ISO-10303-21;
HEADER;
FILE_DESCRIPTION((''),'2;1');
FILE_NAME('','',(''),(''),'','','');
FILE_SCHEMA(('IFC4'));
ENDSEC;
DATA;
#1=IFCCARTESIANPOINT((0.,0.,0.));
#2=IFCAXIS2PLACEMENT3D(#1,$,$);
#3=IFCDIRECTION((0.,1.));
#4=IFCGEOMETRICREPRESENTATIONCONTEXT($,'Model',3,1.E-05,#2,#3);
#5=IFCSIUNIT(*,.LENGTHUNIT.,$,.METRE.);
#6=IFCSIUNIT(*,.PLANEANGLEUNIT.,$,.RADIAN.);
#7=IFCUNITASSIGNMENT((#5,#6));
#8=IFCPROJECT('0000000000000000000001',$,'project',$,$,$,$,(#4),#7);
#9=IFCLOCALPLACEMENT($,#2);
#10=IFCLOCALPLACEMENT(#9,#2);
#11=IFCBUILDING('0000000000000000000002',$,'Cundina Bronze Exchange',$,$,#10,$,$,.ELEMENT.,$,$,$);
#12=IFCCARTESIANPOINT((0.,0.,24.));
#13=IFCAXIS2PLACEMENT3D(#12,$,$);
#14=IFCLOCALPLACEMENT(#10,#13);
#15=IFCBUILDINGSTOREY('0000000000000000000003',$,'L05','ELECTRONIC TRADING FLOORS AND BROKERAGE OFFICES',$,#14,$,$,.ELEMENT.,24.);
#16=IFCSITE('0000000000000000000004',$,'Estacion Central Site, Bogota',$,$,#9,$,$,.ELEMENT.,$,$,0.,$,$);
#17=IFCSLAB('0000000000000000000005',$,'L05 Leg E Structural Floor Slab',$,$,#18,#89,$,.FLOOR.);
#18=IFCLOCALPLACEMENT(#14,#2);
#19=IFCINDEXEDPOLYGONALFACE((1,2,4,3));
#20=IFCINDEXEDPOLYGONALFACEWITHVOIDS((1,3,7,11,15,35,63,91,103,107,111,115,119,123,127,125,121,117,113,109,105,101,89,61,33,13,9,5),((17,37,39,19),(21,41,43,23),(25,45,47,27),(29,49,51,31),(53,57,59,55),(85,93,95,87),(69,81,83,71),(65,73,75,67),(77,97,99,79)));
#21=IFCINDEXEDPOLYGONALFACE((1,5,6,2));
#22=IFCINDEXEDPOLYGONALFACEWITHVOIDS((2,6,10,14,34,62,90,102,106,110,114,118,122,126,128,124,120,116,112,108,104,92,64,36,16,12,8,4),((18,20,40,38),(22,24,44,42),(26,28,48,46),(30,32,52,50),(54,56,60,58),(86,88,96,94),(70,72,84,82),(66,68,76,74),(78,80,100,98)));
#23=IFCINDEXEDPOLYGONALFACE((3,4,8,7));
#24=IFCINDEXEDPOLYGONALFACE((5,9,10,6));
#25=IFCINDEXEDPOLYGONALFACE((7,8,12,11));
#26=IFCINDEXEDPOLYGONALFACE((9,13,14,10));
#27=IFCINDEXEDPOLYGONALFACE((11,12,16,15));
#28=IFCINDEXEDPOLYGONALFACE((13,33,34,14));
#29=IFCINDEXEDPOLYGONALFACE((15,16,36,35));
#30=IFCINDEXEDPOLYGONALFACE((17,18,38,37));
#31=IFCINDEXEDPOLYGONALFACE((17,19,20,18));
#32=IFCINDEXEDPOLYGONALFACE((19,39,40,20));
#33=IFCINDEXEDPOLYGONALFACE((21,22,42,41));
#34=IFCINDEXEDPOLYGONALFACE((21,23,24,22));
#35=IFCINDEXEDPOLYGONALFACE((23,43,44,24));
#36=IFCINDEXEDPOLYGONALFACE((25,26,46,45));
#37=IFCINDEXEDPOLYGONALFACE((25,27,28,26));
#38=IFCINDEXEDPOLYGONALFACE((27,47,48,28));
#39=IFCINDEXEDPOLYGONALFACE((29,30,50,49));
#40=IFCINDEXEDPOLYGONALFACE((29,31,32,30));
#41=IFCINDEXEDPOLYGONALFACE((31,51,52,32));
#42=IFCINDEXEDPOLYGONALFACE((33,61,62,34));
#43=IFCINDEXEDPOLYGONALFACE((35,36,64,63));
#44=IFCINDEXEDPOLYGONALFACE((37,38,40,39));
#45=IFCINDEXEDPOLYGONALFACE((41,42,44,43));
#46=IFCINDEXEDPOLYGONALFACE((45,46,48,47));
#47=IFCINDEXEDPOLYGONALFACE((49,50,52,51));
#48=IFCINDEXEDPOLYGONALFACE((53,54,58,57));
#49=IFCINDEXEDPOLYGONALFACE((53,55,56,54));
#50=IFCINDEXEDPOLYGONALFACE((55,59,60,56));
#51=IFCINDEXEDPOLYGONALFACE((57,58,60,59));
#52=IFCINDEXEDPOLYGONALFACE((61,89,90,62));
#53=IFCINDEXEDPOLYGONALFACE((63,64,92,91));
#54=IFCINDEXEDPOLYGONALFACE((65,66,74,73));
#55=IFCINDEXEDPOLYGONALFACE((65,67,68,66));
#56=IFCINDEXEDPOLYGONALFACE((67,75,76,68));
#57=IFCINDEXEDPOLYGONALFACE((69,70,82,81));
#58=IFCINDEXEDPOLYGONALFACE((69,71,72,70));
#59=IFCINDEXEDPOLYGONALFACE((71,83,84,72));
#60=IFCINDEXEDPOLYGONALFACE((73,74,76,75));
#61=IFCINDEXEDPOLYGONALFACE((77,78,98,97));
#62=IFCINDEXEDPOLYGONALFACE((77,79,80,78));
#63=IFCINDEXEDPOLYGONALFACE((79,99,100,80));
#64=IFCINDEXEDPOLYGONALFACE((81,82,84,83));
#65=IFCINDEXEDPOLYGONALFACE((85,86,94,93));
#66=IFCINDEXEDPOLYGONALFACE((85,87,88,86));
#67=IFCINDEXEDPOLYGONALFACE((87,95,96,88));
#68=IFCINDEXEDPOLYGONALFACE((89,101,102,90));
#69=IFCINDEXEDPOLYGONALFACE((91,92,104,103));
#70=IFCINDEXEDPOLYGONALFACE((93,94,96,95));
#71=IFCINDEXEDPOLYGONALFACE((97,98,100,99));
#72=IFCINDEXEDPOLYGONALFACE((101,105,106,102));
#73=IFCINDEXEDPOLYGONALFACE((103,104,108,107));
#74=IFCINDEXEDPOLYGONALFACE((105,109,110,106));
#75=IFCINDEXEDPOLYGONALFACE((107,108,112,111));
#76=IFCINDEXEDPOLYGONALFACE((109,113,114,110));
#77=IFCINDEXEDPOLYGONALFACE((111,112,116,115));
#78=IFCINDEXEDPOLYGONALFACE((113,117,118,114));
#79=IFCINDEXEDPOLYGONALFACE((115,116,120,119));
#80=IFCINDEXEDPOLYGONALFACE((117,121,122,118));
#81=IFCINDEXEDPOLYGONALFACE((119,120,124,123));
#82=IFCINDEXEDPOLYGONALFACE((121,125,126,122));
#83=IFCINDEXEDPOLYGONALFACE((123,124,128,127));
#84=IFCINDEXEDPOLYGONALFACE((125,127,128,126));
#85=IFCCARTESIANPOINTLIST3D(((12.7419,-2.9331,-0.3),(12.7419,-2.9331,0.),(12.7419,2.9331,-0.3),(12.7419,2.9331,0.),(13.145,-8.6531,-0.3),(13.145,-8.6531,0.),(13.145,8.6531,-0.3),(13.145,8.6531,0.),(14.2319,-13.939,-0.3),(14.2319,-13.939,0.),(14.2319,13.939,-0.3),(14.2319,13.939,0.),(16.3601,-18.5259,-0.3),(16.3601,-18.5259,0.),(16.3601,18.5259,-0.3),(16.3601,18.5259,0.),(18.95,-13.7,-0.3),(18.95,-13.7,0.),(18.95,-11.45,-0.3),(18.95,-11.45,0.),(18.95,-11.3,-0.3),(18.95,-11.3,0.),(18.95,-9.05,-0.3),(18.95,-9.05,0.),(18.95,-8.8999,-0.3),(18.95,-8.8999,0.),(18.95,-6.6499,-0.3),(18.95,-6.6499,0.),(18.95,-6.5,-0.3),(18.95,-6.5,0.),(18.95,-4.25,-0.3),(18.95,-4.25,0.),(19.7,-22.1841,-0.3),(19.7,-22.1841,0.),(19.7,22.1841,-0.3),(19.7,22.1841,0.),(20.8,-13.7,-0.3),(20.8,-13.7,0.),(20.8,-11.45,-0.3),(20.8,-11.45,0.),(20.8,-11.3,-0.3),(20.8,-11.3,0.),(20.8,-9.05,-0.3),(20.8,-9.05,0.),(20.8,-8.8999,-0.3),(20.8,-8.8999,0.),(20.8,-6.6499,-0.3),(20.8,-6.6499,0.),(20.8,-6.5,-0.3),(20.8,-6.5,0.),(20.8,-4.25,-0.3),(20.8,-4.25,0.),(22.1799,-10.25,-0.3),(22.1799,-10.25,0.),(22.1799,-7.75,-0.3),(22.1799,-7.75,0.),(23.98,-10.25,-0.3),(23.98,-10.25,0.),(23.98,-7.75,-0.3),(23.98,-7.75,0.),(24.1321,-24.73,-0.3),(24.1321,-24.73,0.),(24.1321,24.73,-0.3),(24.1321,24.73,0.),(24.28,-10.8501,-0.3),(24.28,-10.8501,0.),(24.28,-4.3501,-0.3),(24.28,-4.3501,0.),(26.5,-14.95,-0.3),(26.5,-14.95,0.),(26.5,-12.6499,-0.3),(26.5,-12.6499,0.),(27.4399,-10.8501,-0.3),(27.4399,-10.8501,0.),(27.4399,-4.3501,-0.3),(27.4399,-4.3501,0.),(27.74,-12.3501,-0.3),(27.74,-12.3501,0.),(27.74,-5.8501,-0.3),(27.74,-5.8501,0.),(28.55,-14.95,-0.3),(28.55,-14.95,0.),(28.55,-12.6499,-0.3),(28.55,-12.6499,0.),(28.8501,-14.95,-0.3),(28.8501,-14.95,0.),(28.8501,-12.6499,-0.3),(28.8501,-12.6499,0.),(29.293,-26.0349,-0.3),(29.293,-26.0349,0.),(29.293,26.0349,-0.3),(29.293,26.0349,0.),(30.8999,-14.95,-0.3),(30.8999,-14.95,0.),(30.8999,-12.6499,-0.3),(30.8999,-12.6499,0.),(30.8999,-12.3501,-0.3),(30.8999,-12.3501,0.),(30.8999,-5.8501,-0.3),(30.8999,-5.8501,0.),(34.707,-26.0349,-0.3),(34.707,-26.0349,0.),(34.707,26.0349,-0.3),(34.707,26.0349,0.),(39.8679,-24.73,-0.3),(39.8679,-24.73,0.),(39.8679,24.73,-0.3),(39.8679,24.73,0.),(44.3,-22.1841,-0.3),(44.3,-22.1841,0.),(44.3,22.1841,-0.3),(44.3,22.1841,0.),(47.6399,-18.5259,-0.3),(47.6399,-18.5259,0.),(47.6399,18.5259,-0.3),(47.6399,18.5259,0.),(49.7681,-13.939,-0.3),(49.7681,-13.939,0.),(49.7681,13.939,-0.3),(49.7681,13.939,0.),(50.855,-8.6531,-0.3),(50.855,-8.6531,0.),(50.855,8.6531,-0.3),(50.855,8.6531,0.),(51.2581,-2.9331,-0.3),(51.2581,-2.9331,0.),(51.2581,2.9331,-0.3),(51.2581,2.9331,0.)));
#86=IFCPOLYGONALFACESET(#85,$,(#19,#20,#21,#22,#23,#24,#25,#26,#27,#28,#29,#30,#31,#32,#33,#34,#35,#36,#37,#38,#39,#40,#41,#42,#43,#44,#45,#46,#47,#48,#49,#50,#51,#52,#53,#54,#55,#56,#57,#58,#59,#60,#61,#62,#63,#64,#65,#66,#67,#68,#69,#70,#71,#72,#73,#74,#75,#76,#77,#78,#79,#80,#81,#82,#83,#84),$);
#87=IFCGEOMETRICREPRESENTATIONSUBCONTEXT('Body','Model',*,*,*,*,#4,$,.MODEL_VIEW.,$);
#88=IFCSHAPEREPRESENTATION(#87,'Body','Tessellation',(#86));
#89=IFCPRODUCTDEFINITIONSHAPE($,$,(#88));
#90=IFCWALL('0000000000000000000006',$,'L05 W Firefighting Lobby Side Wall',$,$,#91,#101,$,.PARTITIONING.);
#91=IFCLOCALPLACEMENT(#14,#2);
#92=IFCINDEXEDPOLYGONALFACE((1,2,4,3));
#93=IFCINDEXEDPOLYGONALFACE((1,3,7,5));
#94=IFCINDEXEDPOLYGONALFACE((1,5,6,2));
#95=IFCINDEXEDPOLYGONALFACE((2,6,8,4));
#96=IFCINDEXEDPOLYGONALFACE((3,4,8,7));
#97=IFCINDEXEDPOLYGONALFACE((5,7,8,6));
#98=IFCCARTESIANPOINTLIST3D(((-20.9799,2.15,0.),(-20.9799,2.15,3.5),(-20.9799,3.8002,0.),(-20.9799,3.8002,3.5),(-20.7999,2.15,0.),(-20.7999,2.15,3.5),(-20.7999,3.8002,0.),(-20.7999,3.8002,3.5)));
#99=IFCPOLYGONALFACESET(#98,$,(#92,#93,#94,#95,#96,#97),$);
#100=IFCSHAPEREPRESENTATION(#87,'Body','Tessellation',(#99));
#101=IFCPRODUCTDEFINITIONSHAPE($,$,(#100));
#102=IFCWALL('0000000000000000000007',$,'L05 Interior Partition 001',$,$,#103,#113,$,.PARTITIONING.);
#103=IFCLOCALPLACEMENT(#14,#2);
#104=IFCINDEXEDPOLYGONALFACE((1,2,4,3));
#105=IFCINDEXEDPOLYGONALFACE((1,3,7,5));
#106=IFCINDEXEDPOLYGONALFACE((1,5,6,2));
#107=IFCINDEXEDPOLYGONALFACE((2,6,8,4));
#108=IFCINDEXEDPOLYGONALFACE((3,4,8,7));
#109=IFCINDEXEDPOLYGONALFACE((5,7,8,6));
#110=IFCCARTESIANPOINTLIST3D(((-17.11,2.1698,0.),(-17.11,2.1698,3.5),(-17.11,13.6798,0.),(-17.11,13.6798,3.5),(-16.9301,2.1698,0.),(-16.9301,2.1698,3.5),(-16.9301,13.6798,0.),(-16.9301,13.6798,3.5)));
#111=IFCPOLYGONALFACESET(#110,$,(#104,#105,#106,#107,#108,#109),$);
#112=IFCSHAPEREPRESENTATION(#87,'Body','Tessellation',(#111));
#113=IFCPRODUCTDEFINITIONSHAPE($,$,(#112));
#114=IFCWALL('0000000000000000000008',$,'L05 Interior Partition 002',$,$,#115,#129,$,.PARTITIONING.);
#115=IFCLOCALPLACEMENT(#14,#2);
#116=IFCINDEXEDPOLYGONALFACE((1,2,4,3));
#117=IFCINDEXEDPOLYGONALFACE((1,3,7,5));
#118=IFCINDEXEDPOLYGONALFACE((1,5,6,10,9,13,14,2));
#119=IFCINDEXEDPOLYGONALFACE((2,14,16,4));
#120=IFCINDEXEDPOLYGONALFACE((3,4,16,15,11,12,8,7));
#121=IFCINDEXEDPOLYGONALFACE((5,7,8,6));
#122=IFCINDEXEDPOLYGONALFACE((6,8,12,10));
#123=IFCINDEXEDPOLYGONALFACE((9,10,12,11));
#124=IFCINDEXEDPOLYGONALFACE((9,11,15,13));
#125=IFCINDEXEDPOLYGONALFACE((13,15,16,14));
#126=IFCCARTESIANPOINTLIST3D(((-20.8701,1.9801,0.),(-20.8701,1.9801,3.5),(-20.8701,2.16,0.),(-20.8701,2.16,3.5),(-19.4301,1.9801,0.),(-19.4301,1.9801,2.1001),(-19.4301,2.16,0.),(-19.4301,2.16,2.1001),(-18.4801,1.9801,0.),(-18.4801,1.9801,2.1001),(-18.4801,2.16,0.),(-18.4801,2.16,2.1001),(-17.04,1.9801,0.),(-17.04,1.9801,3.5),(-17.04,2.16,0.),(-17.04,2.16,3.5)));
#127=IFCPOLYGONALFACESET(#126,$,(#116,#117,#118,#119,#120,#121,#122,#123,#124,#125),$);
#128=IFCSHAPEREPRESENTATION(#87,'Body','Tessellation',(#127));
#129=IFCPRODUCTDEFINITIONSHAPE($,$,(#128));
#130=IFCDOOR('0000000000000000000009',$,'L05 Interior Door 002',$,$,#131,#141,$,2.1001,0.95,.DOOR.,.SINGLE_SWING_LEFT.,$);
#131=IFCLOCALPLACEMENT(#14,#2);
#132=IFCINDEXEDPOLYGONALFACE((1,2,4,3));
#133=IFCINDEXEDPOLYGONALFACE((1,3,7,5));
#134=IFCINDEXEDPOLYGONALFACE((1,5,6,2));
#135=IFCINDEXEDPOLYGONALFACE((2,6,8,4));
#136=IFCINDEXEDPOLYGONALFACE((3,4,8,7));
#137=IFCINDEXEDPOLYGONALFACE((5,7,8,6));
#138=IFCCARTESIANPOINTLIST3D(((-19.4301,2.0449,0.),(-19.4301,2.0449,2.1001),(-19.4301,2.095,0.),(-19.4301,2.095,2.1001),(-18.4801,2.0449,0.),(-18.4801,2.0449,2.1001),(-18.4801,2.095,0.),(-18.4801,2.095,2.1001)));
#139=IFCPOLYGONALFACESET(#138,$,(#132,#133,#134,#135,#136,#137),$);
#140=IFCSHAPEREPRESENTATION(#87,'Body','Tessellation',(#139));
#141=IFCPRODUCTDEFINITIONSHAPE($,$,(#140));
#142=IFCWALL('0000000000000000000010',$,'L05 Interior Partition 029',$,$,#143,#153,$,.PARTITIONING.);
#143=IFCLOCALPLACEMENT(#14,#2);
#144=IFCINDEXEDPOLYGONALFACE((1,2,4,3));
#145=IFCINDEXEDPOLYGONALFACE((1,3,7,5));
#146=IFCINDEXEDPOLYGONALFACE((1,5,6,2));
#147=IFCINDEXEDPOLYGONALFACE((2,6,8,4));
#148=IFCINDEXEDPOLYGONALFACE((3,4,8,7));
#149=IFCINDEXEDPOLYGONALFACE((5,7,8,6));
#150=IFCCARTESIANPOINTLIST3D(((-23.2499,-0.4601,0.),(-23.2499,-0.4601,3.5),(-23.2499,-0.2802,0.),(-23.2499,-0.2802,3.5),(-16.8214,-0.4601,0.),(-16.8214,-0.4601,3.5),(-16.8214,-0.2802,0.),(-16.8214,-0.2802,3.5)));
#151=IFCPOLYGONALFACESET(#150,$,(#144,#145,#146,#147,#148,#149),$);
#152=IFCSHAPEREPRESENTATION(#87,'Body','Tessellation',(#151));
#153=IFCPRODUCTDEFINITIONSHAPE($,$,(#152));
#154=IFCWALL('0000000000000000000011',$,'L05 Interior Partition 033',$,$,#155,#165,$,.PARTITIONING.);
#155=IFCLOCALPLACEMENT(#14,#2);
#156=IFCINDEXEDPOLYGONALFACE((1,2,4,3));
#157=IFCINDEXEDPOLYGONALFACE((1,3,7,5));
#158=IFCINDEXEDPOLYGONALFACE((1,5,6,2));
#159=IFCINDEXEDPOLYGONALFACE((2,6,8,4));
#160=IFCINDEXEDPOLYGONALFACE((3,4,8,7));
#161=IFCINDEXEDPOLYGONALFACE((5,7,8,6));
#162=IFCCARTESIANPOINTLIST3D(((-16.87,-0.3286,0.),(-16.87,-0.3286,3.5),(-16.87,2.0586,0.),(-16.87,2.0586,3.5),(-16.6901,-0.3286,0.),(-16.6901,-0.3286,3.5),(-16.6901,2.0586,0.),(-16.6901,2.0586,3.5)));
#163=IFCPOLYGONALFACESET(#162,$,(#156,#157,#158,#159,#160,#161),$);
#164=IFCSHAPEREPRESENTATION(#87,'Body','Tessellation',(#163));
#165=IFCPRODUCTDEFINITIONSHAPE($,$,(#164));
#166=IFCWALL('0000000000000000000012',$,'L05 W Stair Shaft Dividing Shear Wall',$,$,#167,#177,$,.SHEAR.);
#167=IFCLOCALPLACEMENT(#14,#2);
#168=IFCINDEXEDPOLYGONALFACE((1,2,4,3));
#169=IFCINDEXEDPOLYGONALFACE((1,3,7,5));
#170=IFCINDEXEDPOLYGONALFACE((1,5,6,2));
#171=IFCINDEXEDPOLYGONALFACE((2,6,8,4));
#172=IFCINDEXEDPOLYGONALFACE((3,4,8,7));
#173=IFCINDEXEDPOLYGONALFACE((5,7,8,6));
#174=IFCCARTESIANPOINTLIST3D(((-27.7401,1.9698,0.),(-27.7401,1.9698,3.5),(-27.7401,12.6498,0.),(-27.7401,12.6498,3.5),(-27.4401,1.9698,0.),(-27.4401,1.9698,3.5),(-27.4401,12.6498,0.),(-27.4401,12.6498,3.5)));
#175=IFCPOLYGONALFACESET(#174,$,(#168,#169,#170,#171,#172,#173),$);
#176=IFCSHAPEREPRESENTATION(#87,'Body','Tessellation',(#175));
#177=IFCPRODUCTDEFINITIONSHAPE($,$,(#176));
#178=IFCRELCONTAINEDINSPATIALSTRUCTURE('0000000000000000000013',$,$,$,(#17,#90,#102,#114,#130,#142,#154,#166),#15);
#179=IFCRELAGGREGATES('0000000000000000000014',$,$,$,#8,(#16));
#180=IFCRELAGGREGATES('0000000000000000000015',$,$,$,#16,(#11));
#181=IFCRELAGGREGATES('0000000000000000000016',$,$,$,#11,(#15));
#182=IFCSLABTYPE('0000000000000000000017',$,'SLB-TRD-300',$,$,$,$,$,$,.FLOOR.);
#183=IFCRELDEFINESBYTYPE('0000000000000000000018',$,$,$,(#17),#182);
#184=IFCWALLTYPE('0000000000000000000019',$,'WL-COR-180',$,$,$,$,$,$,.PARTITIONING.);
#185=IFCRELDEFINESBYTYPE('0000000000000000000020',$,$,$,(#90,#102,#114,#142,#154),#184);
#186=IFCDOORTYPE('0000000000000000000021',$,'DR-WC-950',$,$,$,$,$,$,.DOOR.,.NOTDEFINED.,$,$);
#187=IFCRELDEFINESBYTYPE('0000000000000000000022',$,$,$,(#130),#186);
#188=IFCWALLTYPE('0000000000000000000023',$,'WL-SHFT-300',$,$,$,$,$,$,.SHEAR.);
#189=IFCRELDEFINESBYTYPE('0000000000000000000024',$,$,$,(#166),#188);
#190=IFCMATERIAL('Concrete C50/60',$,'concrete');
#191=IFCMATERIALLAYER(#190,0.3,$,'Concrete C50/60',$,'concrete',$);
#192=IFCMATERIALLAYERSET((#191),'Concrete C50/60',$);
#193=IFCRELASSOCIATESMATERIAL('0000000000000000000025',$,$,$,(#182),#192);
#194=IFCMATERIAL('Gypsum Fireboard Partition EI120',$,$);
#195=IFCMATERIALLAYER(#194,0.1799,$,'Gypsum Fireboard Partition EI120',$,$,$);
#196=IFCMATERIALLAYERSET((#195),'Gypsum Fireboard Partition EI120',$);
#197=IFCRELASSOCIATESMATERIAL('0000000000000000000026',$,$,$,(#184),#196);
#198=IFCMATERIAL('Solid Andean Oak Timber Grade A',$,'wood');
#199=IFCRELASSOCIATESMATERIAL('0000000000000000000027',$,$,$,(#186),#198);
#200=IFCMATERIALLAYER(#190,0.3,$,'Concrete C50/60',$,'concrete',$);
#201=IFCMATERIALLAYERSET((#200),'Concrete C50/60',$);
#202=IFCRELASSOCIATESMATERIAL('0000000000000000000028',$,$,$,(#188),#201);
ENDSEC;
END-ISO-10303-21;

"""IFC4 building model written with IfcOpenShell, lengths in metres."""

from ifc_helpers import new_model, si_unit, direction, frame, frame_2d, origin, place, context, subcontext, project, spatial, polyline, rectangle, outline, extrude, material, layer, layer_set, type_object, element, fill, save


model = new_model("IFC4")

# Units and contexts
model_context = context("Model", 3, precision=1e-05, world=origin(), true_north=direction((0.0, 1.0)))
body_context = subcontext(model_context, "Body", "Model", "MODEL_VIEW")
ifc_project = project(units=[si_unit("LENGTHUNIT", "METRE"), si_unit("PLANEANGLEUNIT", "RADIAN")], contexts=[model_context])

# Site, building, storey
site_placement = place(None, origin())
site = spatial("IfcSite", under=ifc_project, at=site_placement, Name="Estacion Central Site, Bogota", CompositionType="ELEMENT", RefElevation=0.0)
building_placement = place(site_placement, origin())
building = spatial("IfcBuilding", under=site, at=building_placement, Name="Cundina Bronze Exchange", CompositionType="ELEMENT")
storey_placement = place(building_placement, frame((0.0, 0.0, 24.0)))
storey = spatial("IfcBuildingStorey", under=building, at=storey_placement, Name="L05", Description="ELECTRONIC TRADING FLOORS AND BROKERAGE OFFICES", CompositionType="ELEMENT", Elevation=24.0)

# Slab
ifc_material_1 = material(Name="Concrete C50/60", Category="concrete")
ifc_layer_1 = layer(ifc_material_1, 0.3, Name="Concrete C50/60", Category="concrete")
ifc_layer_set_1 = layer_set([ifc_layer_1], Name="Concrete C50/60")
slab_type_1 = type_object("IfcSlabType", Name="SLB-TRD-300", PredefinedType="FLOOR", material=ifc_layer_set_1)
slab_1_placement = place(storey_placement, frame((0.0, 0.0, -0.3)))
element("IfcSlab", 1, at=slab_1_placement, inside=storey, type_object=slab_type_1, Name="L05 Leg E Structural Floor Slab", PredefinedType="FLOOR", context=body_context, shape_type="SweptSolid", body=[
    extrude(outline(polyline([(51.2581, 2.9331), (50.855, 8.6531), (49.7681, 13.939), (47.6399, 18.5259), (44.3, 22.1841), (39.8679, 24.73), (34.707, 26.0349), (29.293, 26.0349), (24.1321, 24.73), (19.7, 22.1841), (16.3601, 18.5259), (14.2319, 13.939), (13.145, 8.6531), (12.7419, 2.9331), (12.7419, -2.9331), (13.145, -8.6531), (14.2319, -13.939), (16.3601, -18.5259), (19.7, -22.1841), (24.1321, -24.73), (29.293, -26.0349), (34.707, -26.0349), (39.8679, -24.73), (44.3, -22.1841), (47.6399, -18.5259), (49.7681, -13.939), (50.855, -8.6531), (51.2581, -2.9331), (51.2581, 2.9331)]), holes=[polyline([(27.74, -5.8501), (27.74, -12.3501), (30.8999, -12.3501), (30.8999, -5.8501), (27.74, -5.8501)]), polyline([(27.4399, -10.8501), (27.4399, -4.3501), (24.28, -4.3501), (24.28, -10.8501), (27.4399, -10.8501)]), polyline([(22.1799, -7.75), (23.98, -7.75), (23.98, -10.25), (22.1799, -10.25), (22.1799, -7.75)]), polyline([(28.8501, -12.6499), (30.8999, -12.6499), (30.8999, -14.95), (28.8501, -14.95), (28.8501, -12.6499)]), polyline([(26.5, -12.6499), (28.55, -12.6499), (28.55, -14.95), (26.5, -14.95), (26.5, -12.6499)]), polyline([(18.95, -11.45), (20.8, -11.45), (20.8, -13.7), (18.95, -13.7), (18.95, -11.45)]), polyline([(18.95, -9.05), (20.8, -9.05), (20.8, -11.3), (18.95, -11.3), (18.95, -9.05)]), polyline([(18.95, -6.6499), (20.8, -6.6499), (20.8, -8.8999), (18.95, -8.8999), (18.95, -6.6499)]), polyline([(18.95, -4.25), (20.8, -4.25), (20.8, -6.5), (18.95, -6.5), (18.95, -4.25)])]), origin(), (0.0, 0.0, 1.0), 0.3),
])

# Wall
ifc_material_2 = material(Name="Gypsum Fireboard Partition EI120")
ifc_layer_2 = layer(ifc_material_2, 0.1799, Name="Gypsum Fireboard Partition EI120")
ifc_layer_set_2 = layer_set([ifc_layer_2], Name="Gypsum Fireboard Partition EI120")
wall_type_1 = type_object("IfcWallType", Name="WL-COR-180", PredefinedType="PARTITIONING", material=ifc_layer_set_2)
wall_1_placement = place(storey_placement, frame((-20.8899, 2.1499, 0.0), z_axis=(0.0, 0.0, 1.0), x_axis=(0.0, 1.0, 0.0)))
element("IfcWall", 2, at=wall_1_placement, inside=storey, type_object=wall_type_1, Name="L05 W Firefighting Lobby Side Wall", PredefinedType="PARTITIONING", context=body_context, shape_type="SweptSolid", body=[
    extrude(rectangle(XDim=1.6501, YDim=0.1799, at=frame_2d((0.8252, 0.0))), origin(), (0.0, 0.0, 1.0), 3.5),
])

# Wall
wall_2_placement = place(storey_placement, frame((-17.02, 2.1699, 0.0), z_axis=(0.0, 0.0, 1.0), x_axis=(0.0, 1.0, 0.0)))
element("IfcWall", 3, at=wall_2_placement, inside=storey, type_object=wall_type_1, Name="L05 Interior Partition 001", PredefinedType="PARTITIONING", context=body_context, shape_type="SweptSolid", body=[
    extrude(rectangle(XDim=11.51, YDim=0.1799, at=frame_2d((5.7549, 0.0))), origin(), (0.0, 0.0, 1.0), 3.5),
])

# Wall, opening, door
wall_3_placement = place(storey_placement, frame((-20.8701, 2.0701, 0.0), z_axis=(0.0, 0.0, 1.0), x_axis=(1.0, 0.0, 0.0)))
wall_3 = element("IfcWall", 4, at=wall_3_placement, inside=storey, type_object=wall_type_1, Name="L05 Interior Partition 002", PredefinedType="PARTITIONING", context=body_context, shape_type="SweptSolid", body=[
    extrude(rectangle(XDim=3.8301, YDim=0.1799, at=frame_2d((1.915, 0.0))), origin(), (0.0, 0.0, 1.0), 3.5),
])
opening_1_placement = place(wall_3_placement, frame((1.4399, 0.0, 0.0)))
opening_1 = element("IfcOpeningElement", 5, at=opening_1_placement, cuts=wall_3, PredefinedType="OPENING", context=body_context, shape_type="SweptSolid", body=[
    extrude(rectangle(XDim=0.95, YDim=2.1001, at=frame_2d((0.4751, 1.05))), frame((0.0, 0.0999, 0.0), z_axis=(0.0, -1.0, 0.0), x_axis=(1.0, 0.0, 0.0)), (0.0, 0.0, 1.0), 0.2),
])
ifc_material_3 = material(Name="Solid Andean Oak Timber Grade A", Category="wood")
door_type_1 = type_object("IfcDoorType", Name="DR-WC-950", OperationType="NOTDEFINED", PredefinedType="DOOR", material=ifc_material_3)
door_1_placement = place(opening_1_placement, origin())
door_1 = element("IfcDoor", 6, at=door_1_placement, inside=storey, type_object=door_type_1, Name="L05 Interior Door 002", OperationType="SINGLE_SWING_LEFT", OverallHeight=2.1001, OverallWidth=0.95, PredefinedType="DOOR", context=body_context, shape_type="SweptSolid", body=[
    extrude(rectangle(XDim=0.95, YDim=2.1001, at=frame_2d((0.4751, 1.05))), frame((0.0, 0.0249, 0.0), z_axis=(0.0, -1.0, 0.0), x_axis=(1.0, 0.0, 0.0)), (0.0, 0.0, 1.0), 0.05),
])
fill(opening_1, door_1)

# Walls
wall_4_placement = place(storey_placement, frame((-23.25, -0.3701, 0.0), z_axis=(0.0, 0.0, 1.0), x_axis=(1.0, 0.0, 0.0)))
element("IfcWall", 7, at=wall_4_placement, inside=storey, type_object=wall_type_1, Name="L05 Interior Partition 029", PredefinedType="PARTITIONING", context=body_context, shape_type="SweptSolid", body=[
    extrude(rectangle(XDim=6.4285, YDim=0.1799, at=frame_2d((3.2144, 0.0))), origin(), (0.0, 0.0, 1.0), 3.5),
])
wall_5_placement = place(storey_placement, frame((-16.78, -0.3286, 0.0), z_axis=(0.0, 0.0, 1.0), x_axis=(0.0, 1.0, 0.0)))
element("IfcWall", 8, at=wall_5_placement, inside=storey, type_object=wall_type_1, Name="L05 Interior Partition 033", PredefinedType="PARTITIONING", context=body_context, shape_type="SweptSolid", body=[
    extrude(rectangle(XDim=2.3872, YDim=0.1799, at=frame_2d((1.1936, 0.0))), origin(), (0.0, 0.0, 1.0), 3.5),
])
ifc_layer_3 = layer(ifc_material_1, 0.3, Name="Concrete C50/60", Category="concrete")
ifc_layer_set_3 = layer_set([ifc_layer_3], Name="Concrete C50/60")
wall_type_2 = type_object("IfcWallType", Name="WL-SHFT-300", PredefinedType="SHEAR", material=ifc_layer_set_3)
for number, where, z_axis, x_axis, name in (
    (9, (-27.5901, 1.97, 0.0), (0.0, 0.0, 1.0), (0.0, 1.0, 0.0), "L05 W Stair Shaft Dividing Shear Wall"),
):
    element("IfcWall", number, at=place(storey_placement, frame(where, z_axis=z_axis, x_axis=x_axis)), inside=storey, type_object=wall_type_2, Name=name, PredefinedType="SHEAR", context=body_context, shape_type="SweptSolid", body=[
        extrude(rectangle(XDim=10.6799, YDim=0.3, at=frame_2d((5.3398, 0.0))), origin(), (0.0, 0.0, 1.0), 3.5),
    ])

save(model, "model.ifc")
